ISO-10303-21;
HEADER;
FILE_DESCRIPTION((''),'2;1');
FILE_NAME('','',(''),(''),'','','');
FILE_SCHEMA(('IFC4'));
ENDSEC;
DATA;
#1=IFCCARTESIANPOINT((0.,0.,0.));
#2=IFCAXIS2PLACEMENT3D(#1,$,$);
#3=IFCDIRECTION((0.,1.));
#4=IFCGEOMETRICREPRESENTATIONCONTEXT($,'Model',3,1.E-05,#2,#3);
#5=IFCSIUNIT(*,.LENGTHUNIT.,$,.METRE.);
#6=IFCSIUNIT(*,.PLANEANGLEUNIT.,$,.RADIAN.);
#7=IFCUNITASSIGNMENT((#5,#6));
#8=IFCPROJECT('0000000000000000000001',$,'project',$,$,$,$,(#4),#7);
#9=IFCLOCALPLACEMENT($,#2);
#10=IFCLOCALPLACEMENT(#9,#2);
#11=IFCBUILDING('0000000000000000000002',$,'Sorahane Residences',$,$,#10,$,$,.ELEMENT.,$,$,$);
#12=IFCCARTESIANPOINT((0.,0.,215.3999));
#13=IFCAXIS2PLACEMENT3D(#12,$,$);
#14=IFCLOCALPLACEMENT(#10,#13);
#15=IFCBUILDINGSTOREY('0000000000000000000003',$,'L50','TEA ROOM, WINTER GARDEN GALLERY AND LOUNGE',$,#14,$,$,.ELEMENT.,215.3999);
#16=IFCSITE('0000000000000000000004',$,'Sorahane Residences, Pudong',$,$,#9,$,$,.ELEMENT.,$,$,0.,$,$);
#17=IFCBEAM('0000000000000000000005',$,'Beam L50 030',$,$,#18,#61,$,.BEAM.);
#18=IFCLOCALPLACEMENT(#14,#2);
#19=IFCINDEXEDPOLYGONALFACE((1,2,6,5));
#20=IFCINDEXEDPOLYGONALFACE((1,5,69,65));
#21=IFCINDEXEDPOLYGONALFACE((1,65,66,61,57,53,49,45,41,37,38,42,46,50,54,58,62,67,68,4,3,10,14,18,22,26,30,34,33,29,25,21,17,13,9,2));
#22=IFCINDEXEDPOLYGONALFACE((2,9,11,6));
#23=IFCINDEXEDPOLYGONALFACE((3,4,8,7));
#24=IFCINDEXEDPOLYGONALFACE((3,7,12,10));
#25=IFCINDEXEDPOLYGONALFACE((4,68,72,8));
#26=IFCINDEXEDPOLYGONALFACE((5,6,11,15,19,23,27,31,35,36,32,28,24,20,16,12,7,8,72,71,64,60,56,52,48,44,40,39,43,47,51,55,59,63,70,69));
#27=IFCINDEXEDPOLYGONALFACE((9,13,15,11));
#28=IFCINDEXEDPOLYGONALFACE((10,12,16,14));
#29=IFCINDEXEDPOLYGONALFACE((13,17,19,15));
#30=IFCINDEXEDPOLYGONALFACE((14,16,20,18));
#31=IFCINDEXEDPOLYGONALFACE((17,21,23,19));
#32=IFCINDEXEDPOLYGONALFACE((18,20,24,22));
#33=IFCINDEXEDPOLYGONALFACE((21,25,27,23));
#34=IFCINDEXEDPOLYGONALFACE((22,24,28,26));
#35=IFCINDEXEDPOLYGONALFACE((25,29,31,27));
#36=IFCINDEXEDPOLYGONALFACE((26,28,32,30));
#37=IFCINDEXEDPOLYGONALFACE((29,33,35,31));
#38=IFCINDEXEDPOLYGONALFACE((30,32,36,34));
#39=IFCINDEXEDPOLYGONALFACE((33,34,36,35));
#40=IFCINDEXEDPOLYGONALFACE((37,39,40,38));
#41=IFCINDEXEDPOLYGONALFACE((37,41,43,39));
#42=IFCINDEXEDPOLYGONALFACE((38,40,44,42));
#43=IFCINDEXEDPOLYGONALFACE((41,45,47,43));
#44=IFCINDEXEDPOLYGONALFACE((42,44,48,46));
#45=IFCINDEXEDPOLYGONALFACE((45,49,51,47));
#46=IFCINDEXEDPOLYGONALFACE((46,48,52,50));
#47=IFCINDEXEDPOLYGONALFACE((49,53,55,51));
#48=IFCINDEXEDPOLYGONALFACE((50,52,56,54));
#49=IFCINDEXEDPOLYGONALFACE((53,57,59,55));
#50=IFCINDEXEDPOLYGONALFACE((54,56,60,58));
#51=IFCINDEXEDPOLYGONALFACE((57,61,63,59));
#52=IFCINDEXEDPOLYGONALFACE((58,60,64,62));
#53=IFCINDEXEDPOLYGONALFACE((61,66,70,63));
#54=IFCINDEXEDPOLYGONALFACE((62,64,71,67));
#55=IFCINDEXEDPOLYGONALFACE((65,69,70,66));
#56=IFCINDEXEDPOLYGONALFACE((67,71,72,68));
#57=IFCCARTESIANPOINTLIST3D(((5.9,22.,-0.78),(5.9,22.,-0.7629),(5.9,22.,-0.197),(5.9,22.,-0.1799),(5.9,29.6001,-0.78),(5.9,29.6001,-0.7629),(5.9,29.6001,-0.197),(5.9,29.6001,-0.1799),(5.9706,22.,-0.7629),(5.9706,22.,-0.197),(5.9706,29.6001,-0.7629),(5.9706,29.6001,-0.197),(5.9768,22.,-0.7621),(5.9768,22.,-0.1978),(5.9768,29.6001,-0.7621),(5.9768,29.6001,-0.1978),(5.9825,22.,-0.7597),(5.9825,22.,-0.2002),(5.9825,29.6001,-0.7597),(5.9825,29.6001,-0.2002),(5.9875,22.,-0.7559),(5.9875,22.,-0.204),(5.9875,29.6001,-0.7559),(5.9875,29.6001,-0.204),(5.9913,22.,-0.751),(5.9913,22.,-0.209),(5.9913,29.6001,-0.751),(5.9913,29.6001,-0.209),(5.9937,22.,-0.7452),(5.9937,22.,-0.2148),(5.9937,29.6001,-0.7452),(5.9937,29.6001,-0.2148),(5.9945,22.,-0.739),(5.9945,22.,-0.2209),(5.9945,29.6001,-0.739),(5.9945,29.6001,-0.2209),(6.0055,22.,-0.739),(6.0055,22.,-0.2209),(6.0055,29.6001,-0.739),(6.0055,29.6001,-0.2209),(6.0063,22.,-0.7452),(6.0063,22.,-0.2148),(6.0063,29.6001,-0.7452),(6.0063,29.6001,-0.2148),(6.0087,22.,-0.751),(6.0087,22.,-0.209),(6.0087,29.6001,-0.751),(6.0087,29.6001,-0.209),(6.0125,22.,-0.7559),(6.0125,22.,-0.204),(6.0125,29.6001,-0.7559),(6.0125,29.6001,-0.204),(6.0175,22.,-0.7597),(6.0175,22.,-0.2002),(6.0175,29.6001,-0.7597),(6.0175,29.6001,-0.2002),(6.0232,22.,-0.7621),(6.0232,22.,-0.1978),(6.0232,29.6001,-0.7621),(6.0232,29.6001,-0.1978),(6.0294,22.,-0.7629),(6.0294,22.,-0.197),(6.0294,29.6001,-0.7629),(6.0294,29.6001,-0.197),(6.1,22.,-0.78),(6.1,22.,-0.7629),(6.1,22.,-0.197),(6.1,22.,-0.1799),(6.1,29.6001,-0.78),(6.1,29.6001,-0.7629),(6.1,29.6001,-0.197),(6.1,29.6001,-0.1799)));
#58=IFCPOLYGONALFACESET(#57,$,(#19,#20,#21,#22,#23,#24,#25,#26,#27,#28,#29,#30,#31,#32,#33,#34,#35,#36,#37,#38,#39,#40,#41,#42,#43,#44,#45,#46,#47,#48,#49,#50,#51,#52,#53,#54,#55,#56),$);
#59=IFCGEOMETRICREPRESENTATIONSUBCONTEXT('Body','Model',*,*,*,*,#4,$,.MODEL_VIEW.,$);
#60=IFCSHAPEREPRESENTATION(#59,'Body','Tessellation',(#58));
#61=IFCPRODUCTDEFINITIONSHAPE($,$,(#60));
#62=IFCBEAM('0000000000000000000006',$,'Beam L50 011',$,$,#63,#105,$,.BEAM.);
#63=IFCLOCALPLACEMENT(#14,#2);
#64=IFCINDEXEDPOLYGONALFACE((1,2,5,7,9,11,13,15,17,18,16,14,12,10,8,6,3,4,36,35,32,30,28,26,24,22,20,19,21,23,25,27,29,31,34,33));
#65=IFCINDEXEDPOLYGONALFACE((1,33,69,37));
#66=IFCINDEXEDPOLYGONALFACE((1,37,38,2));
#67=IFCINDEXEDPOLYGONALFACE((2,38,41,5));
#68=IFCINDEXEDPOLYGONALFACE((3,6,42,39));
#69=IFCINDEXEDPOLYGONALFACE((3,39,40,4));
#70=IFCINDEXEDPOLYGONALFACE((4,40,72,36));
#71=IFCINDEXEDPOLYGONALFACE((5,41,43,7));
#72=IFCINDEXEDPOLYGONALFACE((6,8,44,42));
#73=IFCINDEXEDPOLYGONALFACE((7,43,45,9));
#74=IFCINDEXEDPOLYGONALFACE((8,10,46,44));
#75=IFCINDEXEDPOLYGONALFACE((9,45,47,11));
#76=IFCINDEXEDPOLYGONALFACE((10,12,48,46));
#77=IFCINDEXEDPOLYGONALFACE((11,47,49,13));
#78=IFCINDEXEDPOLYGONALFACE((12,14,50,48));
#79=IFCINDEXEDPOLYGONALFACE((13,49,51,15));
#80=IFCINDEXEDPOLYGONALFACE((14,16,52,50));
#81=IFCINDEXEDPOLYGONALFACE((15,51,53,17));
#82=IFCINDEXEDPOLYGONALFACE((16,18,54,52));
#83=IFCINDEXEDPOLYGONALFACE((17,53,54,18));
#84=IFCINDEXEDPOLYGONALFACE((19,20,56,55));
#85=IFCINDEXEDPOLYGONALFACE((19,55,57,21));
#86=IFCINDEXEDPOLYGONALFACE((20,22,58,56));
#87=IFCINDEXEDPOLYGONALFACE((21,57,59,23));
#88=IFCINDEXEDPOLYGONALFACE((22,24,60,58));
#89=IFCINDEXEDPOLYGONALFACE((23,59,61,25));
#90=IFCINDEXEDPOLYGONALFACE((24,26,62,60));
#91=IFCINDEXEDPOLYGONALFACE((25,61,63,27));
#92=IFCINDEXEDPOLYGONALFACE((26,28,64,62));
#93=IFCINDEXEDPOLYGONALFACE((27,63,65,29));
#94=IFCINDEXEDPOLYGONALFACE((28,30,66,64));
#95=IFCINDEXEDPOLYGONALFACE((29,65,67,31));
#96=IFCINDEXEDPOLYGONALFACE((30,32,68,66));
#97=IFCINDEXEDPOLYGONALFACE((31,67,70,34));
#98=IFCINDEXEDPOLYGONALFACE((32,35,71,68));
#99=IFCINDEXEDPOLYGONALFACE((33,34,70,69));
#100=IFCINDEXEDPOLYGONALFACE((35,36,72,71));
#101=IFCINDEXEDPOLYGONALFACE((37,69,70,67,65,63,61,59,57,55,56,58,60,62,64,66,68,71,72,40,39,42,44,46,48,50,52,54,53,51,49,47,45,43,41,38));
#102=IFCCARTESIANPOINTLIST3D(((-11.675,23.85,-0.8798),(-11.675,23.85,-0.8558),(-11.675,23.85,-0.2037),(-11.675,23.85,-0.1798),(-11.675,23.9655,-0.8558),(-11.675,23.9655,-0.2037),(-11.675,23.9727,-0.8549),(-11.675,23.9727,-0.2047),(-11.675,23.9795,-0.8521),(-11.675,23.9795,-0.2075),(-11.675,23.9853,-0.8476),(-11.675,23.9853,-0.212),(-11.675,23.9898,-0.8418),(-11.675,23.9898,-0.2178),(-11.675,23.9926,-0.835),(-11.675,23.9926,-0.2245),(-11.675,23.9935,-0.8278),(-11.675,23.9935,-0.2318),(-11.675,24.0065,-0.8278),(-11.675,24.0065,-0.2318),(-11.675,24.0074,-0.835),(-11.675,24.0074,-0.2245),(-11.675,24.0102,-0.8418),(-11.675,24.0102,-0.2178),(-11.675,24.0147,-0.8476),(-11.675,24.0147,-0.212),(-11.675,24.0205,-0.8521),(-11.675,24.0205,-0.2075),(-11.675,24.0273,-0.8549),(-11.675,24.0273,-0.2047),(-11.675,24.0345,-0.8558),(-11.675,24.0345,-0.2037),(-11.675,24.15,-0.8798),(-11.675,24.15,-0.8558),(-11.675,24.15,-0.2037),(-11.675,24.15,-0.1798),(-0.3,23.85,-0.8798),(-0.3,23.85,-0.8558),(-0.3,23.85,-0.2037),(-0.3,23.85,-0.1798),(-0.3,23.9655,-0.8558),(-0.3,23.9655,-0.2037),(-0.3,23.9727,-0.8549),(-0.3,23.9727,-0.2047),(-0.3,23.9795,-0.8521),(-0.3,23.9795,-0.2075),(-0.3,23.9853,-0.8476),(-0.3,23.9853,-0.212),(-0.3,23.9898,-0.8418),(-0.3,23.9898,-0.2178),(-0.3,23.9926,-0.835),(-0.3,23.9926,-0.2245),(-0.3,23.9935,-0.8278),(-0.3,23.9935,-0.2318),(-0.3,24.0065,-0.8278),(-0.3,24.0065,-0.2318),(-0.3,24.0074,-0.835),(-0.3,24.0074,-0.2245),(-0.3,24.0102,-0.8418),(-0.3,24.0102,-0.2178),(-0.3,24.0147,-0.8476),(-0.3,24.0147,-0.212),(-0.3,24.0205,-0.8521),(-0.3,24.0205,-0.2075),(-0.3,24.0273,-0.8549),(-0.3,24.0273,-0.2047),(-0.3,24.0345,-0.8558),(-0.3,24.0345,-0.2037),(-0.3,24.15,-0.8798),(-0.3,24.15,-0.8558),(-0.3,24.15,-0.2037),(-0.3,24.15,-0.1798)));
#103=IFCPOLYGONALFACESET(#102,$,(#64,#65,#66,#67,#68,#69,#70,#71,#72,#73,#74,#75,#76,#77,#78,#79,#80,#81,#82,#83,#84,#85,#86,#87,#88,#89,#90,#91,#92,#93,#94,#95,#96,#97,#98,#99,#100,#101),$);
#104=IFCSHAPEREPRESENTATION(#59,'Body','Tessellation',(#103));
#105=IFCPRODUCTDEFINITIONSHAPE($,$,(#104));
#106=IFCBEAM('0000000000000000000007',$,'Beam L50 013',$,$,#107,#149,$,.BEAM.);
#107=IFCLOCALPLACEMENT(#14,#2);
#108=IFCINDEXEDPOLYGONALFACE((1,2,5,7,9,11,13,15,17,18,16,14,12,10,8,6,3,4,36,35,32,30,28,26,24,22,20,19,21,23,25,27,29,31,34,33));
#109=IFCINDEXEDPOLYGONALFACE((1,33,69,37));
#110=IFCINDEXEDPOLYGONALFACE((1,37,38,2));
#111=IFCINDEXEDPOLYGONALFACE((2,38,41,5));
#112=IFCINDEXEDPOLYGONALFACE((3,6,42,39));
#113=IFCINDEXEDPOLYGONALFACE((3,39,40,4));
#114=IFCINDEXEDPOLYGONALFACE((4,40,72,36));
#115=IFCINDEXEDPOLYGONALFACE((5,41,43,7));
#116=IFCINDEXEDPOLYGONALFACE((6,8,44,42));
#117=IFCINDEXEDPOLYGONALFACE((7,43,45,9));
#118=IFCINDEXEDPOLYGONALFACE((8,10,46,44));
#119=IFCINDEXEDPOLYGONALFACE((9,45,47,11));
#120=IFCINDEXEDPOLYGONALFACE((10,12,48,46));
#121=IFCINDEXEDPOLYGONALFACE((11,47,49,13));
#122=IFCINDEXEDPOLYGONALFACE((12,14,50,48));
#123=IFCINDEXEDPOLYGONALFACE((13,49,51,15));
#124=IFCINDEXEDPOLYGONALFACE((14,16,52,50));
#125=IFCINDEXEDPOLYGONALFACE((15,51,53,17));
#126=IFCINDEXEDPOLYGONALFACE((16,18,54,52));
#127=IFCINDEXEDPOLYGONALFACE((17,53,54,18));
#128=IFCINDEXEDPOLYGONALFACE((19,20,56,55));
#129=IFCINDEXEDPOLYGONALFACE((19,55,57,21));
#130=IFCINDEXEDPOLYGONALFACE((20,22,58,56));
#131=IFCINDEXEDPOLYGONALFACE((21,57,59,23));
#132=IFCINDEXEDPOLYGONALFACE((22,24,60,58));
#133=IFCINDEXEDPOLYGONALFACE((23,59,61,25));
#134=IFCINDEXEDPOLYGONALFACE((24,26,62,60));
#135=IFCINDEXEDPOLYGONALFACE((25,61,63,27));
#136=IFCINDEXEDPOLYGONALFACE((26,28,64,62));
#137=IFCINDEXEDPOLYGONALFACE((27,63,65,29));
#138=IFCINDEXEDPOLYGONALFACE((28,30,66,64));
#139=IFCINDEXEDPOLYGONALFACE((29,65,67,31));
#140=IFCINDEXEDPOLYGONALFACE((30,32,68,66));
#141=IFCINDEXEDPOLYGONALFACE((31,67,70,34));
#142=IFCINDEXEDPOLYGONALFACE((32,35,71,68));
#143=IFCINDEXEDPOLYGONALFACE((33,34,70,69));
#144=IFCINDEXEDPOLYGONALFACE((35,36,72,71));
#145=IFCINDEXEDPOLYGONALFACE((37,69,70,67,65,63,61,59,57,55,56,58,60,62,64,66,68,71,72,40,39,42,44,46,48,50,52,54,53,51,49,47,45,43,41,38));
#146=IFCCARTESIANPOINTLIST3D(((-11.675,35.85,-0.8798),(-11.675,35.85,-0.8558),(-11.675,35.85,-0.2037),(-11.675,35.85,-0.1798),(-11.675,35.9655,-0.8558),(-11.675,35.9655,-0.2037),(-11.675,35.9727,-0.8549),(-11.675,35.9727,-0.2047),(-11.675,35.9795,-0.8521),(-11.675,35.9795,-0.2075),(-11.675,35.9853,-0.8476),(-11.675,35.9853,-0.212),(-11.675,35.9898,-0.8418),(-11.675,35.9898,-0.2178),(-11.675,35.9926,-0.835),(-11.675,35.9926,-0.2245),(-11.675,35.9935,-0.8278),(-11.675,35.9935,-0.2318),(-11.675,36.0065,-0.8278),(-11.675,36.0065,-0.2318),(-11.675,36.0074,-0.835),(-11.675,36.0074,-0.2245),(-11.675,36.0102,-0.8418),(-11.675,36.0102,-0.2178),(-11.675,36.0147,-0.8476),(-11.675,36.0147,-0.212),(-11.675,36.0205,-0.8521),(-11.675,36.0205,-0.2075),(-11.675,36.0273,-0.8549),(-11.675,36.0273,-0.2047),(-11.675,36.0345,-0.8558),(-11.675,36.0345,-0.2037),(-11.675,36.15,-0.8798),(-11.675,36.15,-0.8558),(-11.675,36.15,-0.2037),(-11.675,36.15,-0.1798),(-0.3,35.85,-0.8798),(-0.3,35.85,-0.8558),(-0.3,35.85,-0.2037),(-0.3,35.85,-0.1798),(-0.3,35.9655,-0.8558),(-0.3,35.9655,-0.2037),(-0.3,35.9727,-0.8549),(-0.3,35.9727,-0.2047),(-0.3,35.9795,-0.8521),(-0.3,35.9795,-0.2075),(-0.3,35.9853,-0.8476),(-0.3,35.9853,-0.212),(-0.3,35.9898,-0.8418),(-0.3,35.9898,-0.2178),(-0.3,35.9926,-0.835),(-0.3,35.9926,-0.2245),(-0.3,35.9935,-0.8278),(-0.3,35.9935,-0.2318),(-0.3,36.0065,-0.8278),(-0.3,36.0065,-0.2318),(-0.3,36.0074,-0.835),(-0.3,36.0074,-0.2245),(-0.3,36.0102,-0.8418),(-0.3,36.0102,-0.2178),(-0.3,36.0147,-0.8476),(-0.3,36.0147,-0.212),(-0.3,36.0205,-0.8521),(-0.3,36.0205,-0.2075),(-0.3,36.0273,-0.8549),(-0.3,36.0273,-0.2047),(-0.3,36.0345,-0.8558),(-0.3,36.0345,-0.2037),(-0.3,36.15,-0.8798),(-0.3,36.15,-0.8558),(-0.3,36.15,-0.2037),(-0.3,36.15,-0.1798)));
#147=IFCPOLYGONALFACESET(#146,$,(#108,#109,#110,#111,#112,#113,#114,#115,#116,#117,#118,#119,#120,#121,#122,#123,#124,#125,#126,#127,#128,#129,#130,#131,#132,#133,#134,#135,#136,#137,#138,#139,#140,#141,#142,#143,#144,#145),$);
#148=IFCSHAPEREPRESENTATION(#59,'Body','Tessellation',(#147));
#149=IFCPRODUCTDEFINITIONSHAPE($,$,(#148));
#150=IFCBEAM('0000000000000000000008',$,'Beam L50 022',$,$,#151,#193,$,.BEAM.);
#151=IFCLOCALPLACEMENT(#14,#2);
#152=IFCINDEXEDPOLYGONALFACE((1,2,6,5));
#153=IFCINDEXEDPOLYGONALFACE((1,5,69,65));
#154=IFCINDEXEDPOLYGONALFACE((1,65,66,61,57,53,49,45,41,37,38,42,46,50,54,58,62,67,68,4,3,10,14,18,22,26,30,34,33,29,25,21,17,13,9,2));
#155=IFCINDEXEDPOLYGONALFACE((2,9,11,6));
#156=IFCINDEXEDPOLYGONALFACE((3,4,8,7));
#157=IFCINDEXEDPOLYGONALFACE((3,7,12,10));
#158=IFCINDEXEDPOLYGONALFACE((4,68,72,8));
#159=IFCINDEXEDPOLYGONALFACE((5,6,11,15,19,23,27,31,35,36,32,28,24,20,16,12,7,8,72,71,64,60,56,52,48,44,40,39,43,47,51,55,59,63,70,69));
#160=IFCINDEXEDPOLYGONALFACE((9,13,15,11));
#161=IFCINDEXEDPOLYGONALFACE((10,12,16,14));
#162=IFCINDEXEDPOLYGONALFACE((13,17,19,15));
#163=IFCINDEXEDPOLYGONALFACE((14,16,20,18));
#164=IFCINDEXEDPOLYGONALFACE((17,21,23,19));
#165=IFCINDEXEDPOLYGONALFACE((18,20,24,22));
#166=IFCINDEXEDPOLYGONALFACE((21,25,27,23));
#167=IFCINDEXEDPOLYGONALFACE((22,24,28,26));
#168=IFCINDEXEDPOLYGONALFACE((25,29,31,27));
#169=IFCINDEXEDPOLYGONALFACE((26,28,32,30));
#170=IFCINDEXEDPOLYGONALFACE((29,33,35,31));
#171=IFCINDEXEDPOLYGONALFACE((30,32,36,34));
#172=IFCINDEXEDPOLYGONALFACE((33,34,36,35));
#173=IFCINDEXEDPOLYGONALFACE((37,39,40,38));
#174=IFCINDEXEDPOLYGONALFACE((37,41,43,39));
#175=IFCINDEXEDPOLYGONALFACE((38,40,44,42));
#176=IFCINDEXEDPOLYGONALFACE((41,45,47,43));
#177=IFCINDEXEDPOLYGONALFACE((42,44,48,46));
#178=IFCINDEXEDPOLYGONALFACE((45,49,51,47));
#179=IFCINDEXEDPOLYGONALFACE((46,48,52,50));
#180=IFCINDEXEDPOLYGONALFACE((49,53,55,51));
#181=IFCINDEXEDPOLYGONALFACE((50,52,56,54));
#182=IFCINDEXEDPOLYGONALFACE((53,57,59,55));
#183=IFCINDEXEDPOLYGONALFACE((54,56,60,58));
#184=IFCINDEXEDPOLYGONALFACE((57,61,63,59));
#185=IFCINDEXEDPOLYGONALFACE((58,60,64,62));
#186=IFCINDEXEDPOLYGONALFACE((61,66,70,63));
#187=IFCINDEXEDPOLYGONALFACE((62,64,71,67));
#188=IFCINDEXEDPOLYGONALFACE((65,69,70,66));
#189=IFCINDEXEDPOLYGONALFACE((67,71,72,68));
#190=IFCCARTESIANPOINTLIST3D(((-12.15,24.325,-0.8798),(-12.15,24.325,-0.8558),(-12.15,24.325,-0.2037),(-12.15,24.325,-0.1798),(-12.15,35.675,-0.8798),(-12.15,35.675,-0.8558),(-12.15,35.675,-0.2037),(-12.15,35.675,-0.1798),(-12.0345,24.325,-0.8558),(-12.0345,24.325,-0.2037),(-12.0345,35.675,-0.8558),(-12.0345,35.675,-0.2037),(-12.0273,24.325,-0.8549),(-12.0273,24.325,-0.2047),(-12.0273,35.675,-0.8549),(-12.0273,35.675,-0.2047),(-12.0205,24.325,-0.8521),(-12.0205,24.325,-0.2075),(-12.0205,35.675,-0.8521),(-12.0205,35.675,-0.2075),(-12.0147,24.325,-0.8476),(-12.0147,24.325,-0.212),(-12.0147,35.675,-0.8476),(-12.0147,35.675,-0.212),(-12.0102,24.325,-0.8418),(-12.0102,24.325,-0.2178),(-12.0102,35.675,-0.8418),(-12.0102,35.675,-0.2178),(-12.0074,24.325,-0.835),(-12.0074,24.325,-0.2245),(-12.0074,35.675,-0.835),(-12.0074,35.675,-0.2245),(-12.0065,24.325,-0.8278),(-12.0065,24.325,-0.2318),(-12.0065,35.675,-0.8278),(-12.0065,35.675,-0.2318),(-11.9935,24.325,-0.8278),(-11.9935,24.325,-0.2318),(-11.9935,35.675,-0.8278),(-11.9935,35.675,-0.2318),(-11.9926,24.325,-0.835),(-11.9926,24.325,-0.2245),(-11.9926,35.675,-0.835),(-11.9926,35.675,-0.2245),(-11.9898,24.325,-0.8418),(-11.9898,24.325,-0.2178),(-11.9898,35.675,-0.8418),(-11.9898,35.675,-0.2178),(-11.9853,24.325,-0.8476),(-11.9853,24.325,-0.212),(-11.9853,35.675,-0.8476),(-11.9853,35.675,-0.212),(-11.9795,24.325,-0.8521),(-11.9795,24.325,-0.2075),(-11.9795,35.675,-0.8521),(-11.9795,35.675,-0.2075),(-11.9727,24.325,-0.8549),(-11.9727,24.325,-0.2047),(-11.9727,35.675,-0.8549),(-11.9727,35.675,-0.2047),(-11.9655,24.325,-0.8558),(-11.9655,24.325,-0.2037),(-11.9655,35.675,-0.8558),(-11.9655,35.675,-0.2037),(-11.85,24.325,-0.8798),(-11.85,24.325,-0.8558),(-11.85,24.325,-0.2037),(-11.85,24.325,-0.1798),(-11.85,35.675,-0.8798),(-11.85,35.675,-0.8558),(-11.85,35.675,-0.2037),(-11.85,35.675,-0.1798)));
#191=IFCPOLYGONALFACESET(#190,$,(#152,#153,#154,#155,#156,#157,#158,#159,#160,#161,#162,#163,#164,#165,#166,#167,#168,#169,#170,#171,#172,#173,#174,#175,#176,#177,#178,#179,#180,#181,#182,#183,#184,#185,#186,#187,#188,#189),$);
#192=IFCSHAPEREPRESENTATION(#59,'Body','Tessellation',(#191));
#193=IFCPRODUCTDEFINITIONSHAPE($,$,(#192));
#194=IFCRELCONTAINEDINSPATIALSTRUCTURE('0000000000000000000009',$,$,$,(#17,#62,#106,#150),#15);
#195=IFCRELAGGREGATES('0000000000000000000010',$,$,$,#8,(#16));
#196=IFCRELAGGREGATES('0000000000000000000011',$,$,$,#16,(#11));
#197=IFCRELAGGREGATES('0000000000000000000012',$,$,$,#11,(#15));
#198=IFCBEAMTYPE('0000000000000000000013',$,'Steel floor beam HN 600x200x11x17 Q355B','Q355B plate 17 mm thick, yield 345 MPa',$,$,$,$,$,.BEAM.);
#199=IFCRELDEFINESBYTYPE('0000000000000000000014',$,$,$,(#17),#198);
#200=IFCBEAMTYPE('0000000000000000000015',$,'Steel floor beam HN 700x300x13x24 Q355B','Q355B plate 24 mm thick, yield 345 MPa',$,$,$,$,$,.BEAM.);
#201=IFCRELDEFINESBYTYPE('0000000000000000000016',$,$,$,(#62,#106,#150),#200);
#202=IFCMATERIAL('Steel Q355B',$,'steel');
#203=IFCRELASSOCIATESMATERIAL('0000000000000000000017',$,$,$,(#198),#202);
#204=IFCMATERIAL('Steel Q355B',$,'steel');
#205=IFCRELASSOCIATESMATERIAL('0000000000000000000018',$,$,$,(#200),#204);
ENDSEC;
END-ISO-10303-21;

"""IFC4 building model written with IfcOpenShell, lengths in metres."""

from ifc_helpers import new_model, si_unit, direction, frame, origin, origin_2d, place, context, subcontext, project, spatial, i_section, extrude, material, material_profile, profile_set, type_object, element, save


model = new_model("IFC4")

# Units and contexts
model_context = context("Model", 3, precision=1e-05, world=origin(), true_north=direction((0.0, 1.0)))
body_context = subcontext(model_context, "Body", "Model", "MODEL_VIEW")
ifc_project = project(units=[si_unit("LENGTHUNIT", "METRE"), si_unit("PLANEANGLEUNIT", "RADIAN")], contexts=[model_context])

# Site, building, storey
site_placement = place(None, origin())
site = spatial("IfcSite", under=ifc_project, at=site_placement, Name="Sorahane Residences, Pudong", CompositionType="ELEMENT", RefElevation=0.0)
building_placement = place(site_placement, origin())
building = spatial("IfcBuilding", under=site, at=building_placement, Name="Sorahane Residences", CompositionType="ELEMENT")
storey_placement = place(building_placement, frame((0.0, 0.0, 215.3999)))
storey = spatial("IfcBuildingStorey", under=building, at=storey_placement, Name="L50", Description="TEA ROOM, WINTER GARDEN GALLERY AND LOUNGE", CompositionType="ELEMENT", Elevation=215.3999)

# Beams
ifc_material_1 = material(Name="Steel Q355B", Category="steel")
ifc_material_profile_1 = material_profile(ifc_material_1, i_section(OverallWidth=0.2, OverallDepth=0.6001, WebThickness=0.011, FlangeThickness=0.0171, FilletRadius=0.0239, at=origin_2d()), Name="HN 600x200x11x17")
ifc_profile_set_1 = profile_set([ifc_material_profile_1], Name="Steel Q355B")
beam_type_1 = type_object("IfcBeamType", Name="Steel floor beam HN 600x200x11x17 Q355B", Description="Q355B plate 17 mm thick, yield 345 MPa", PredefinedType="BEAM", material=ifc_profile_set_1)
beam_1_placement = place(storey_placement, frame((6.0, 22.0, -0.48), z_axis=(0.0, 1.0, 0.0), x_axis=(-1.0, 0.0, 0.0)))
element("IfcBeam", 1, at=beam_1_placement, inside=storey, type_object=beam_type_1, Name="Beam L50 030", PredefinedType="BEAM", context=body_context, shape_type="SweptSolid", body=[
    extrude(i_section(OverallWidth=0.2, OverallDepth=0.6001, WebThickness=0.011, FlangeThickness=0.0171, FilletRadius=0.0239, at=origin_2d()), origin(), (0.0, 0.0, 1.0), 7.6001),
])
ifc_material_2 = material(Name="Steel Q355B", Category="steel")
ifc_material_profile_2 = material_profile(ifc_material_2, i_section(OverallWidth=0.3, OverallDepth=0.7, WebThickness=0.0129, FlangeThickness=0.0239, FilletRadius=0.0281, at=origin_2d()), Name="HN 700x300x13x24")
ifc_profile_set_2 = profile_set([ifc_material_profile_2], Name="Steel Q355B")
beam_type_2 = type_object("IfcBeamType", Name="Steel floor beam HN 700x300x13x24 Q355B", Description="Q355B plate 24 mm thick, yield 345 MPa", PredefinedType="BEAM", material=ifc_profile_set_2)
for number, where, z_axis, x_axis, name in (
    (2, (-11.675, 24.0, -0.5298), (1.0, 0.0, 0.0), (0.0, 1.0, 0.0), "Beam L50 011"),
    (3, (-11.675, 36.0, -0.5298), (1.0, 0.0, 0.0), (0.0, 1.0, 0.0), "Beam L50 013"),
):
    element("IfcBeam", number, at=place(storey_placement, frame(where, z_axis=z_axis, x_axis=x_axis)), inside=storey, type_object=beam_type_2, Name=name, PredefinedType="BEAM", context=body_context, shape_type="SweptSolid", body=[
        extrude(i_section(OverallWidth=0.3, OverallDepth=0.7, WebThickness=0.0129, FlangeThickness=0.0239, FilletRadius=0.0281, at=origin_2d()), origin(), (0.0, 0.0, 1.0), 11.375),
    ])
beam_2_placement = place(storey_placement, frame((-12.0, 24.325, -0.5298), z_axis=(0.0, 1.0, 0.0), x_axis=(-1.0, 0.0, 0.0)))
element("IfcBeam", 4, at=beam_2_placement, inside=storey, type_object=beam_type_2, Name="Beam L50 022", PredefinedType="BEAM", context=body_context, shape_type="SweptSolid", body=[
    extrude(i_section(OverallWidth=0.3, OverallDepth=0.7, WebThickness=0.0129, FlangeThickness=0.0239, FilletRadius=0.0281, at=origin_2d()), origin(), (0.0, 0.0, 1.0), 11.3501),
])

save(model, "model.ifc")
